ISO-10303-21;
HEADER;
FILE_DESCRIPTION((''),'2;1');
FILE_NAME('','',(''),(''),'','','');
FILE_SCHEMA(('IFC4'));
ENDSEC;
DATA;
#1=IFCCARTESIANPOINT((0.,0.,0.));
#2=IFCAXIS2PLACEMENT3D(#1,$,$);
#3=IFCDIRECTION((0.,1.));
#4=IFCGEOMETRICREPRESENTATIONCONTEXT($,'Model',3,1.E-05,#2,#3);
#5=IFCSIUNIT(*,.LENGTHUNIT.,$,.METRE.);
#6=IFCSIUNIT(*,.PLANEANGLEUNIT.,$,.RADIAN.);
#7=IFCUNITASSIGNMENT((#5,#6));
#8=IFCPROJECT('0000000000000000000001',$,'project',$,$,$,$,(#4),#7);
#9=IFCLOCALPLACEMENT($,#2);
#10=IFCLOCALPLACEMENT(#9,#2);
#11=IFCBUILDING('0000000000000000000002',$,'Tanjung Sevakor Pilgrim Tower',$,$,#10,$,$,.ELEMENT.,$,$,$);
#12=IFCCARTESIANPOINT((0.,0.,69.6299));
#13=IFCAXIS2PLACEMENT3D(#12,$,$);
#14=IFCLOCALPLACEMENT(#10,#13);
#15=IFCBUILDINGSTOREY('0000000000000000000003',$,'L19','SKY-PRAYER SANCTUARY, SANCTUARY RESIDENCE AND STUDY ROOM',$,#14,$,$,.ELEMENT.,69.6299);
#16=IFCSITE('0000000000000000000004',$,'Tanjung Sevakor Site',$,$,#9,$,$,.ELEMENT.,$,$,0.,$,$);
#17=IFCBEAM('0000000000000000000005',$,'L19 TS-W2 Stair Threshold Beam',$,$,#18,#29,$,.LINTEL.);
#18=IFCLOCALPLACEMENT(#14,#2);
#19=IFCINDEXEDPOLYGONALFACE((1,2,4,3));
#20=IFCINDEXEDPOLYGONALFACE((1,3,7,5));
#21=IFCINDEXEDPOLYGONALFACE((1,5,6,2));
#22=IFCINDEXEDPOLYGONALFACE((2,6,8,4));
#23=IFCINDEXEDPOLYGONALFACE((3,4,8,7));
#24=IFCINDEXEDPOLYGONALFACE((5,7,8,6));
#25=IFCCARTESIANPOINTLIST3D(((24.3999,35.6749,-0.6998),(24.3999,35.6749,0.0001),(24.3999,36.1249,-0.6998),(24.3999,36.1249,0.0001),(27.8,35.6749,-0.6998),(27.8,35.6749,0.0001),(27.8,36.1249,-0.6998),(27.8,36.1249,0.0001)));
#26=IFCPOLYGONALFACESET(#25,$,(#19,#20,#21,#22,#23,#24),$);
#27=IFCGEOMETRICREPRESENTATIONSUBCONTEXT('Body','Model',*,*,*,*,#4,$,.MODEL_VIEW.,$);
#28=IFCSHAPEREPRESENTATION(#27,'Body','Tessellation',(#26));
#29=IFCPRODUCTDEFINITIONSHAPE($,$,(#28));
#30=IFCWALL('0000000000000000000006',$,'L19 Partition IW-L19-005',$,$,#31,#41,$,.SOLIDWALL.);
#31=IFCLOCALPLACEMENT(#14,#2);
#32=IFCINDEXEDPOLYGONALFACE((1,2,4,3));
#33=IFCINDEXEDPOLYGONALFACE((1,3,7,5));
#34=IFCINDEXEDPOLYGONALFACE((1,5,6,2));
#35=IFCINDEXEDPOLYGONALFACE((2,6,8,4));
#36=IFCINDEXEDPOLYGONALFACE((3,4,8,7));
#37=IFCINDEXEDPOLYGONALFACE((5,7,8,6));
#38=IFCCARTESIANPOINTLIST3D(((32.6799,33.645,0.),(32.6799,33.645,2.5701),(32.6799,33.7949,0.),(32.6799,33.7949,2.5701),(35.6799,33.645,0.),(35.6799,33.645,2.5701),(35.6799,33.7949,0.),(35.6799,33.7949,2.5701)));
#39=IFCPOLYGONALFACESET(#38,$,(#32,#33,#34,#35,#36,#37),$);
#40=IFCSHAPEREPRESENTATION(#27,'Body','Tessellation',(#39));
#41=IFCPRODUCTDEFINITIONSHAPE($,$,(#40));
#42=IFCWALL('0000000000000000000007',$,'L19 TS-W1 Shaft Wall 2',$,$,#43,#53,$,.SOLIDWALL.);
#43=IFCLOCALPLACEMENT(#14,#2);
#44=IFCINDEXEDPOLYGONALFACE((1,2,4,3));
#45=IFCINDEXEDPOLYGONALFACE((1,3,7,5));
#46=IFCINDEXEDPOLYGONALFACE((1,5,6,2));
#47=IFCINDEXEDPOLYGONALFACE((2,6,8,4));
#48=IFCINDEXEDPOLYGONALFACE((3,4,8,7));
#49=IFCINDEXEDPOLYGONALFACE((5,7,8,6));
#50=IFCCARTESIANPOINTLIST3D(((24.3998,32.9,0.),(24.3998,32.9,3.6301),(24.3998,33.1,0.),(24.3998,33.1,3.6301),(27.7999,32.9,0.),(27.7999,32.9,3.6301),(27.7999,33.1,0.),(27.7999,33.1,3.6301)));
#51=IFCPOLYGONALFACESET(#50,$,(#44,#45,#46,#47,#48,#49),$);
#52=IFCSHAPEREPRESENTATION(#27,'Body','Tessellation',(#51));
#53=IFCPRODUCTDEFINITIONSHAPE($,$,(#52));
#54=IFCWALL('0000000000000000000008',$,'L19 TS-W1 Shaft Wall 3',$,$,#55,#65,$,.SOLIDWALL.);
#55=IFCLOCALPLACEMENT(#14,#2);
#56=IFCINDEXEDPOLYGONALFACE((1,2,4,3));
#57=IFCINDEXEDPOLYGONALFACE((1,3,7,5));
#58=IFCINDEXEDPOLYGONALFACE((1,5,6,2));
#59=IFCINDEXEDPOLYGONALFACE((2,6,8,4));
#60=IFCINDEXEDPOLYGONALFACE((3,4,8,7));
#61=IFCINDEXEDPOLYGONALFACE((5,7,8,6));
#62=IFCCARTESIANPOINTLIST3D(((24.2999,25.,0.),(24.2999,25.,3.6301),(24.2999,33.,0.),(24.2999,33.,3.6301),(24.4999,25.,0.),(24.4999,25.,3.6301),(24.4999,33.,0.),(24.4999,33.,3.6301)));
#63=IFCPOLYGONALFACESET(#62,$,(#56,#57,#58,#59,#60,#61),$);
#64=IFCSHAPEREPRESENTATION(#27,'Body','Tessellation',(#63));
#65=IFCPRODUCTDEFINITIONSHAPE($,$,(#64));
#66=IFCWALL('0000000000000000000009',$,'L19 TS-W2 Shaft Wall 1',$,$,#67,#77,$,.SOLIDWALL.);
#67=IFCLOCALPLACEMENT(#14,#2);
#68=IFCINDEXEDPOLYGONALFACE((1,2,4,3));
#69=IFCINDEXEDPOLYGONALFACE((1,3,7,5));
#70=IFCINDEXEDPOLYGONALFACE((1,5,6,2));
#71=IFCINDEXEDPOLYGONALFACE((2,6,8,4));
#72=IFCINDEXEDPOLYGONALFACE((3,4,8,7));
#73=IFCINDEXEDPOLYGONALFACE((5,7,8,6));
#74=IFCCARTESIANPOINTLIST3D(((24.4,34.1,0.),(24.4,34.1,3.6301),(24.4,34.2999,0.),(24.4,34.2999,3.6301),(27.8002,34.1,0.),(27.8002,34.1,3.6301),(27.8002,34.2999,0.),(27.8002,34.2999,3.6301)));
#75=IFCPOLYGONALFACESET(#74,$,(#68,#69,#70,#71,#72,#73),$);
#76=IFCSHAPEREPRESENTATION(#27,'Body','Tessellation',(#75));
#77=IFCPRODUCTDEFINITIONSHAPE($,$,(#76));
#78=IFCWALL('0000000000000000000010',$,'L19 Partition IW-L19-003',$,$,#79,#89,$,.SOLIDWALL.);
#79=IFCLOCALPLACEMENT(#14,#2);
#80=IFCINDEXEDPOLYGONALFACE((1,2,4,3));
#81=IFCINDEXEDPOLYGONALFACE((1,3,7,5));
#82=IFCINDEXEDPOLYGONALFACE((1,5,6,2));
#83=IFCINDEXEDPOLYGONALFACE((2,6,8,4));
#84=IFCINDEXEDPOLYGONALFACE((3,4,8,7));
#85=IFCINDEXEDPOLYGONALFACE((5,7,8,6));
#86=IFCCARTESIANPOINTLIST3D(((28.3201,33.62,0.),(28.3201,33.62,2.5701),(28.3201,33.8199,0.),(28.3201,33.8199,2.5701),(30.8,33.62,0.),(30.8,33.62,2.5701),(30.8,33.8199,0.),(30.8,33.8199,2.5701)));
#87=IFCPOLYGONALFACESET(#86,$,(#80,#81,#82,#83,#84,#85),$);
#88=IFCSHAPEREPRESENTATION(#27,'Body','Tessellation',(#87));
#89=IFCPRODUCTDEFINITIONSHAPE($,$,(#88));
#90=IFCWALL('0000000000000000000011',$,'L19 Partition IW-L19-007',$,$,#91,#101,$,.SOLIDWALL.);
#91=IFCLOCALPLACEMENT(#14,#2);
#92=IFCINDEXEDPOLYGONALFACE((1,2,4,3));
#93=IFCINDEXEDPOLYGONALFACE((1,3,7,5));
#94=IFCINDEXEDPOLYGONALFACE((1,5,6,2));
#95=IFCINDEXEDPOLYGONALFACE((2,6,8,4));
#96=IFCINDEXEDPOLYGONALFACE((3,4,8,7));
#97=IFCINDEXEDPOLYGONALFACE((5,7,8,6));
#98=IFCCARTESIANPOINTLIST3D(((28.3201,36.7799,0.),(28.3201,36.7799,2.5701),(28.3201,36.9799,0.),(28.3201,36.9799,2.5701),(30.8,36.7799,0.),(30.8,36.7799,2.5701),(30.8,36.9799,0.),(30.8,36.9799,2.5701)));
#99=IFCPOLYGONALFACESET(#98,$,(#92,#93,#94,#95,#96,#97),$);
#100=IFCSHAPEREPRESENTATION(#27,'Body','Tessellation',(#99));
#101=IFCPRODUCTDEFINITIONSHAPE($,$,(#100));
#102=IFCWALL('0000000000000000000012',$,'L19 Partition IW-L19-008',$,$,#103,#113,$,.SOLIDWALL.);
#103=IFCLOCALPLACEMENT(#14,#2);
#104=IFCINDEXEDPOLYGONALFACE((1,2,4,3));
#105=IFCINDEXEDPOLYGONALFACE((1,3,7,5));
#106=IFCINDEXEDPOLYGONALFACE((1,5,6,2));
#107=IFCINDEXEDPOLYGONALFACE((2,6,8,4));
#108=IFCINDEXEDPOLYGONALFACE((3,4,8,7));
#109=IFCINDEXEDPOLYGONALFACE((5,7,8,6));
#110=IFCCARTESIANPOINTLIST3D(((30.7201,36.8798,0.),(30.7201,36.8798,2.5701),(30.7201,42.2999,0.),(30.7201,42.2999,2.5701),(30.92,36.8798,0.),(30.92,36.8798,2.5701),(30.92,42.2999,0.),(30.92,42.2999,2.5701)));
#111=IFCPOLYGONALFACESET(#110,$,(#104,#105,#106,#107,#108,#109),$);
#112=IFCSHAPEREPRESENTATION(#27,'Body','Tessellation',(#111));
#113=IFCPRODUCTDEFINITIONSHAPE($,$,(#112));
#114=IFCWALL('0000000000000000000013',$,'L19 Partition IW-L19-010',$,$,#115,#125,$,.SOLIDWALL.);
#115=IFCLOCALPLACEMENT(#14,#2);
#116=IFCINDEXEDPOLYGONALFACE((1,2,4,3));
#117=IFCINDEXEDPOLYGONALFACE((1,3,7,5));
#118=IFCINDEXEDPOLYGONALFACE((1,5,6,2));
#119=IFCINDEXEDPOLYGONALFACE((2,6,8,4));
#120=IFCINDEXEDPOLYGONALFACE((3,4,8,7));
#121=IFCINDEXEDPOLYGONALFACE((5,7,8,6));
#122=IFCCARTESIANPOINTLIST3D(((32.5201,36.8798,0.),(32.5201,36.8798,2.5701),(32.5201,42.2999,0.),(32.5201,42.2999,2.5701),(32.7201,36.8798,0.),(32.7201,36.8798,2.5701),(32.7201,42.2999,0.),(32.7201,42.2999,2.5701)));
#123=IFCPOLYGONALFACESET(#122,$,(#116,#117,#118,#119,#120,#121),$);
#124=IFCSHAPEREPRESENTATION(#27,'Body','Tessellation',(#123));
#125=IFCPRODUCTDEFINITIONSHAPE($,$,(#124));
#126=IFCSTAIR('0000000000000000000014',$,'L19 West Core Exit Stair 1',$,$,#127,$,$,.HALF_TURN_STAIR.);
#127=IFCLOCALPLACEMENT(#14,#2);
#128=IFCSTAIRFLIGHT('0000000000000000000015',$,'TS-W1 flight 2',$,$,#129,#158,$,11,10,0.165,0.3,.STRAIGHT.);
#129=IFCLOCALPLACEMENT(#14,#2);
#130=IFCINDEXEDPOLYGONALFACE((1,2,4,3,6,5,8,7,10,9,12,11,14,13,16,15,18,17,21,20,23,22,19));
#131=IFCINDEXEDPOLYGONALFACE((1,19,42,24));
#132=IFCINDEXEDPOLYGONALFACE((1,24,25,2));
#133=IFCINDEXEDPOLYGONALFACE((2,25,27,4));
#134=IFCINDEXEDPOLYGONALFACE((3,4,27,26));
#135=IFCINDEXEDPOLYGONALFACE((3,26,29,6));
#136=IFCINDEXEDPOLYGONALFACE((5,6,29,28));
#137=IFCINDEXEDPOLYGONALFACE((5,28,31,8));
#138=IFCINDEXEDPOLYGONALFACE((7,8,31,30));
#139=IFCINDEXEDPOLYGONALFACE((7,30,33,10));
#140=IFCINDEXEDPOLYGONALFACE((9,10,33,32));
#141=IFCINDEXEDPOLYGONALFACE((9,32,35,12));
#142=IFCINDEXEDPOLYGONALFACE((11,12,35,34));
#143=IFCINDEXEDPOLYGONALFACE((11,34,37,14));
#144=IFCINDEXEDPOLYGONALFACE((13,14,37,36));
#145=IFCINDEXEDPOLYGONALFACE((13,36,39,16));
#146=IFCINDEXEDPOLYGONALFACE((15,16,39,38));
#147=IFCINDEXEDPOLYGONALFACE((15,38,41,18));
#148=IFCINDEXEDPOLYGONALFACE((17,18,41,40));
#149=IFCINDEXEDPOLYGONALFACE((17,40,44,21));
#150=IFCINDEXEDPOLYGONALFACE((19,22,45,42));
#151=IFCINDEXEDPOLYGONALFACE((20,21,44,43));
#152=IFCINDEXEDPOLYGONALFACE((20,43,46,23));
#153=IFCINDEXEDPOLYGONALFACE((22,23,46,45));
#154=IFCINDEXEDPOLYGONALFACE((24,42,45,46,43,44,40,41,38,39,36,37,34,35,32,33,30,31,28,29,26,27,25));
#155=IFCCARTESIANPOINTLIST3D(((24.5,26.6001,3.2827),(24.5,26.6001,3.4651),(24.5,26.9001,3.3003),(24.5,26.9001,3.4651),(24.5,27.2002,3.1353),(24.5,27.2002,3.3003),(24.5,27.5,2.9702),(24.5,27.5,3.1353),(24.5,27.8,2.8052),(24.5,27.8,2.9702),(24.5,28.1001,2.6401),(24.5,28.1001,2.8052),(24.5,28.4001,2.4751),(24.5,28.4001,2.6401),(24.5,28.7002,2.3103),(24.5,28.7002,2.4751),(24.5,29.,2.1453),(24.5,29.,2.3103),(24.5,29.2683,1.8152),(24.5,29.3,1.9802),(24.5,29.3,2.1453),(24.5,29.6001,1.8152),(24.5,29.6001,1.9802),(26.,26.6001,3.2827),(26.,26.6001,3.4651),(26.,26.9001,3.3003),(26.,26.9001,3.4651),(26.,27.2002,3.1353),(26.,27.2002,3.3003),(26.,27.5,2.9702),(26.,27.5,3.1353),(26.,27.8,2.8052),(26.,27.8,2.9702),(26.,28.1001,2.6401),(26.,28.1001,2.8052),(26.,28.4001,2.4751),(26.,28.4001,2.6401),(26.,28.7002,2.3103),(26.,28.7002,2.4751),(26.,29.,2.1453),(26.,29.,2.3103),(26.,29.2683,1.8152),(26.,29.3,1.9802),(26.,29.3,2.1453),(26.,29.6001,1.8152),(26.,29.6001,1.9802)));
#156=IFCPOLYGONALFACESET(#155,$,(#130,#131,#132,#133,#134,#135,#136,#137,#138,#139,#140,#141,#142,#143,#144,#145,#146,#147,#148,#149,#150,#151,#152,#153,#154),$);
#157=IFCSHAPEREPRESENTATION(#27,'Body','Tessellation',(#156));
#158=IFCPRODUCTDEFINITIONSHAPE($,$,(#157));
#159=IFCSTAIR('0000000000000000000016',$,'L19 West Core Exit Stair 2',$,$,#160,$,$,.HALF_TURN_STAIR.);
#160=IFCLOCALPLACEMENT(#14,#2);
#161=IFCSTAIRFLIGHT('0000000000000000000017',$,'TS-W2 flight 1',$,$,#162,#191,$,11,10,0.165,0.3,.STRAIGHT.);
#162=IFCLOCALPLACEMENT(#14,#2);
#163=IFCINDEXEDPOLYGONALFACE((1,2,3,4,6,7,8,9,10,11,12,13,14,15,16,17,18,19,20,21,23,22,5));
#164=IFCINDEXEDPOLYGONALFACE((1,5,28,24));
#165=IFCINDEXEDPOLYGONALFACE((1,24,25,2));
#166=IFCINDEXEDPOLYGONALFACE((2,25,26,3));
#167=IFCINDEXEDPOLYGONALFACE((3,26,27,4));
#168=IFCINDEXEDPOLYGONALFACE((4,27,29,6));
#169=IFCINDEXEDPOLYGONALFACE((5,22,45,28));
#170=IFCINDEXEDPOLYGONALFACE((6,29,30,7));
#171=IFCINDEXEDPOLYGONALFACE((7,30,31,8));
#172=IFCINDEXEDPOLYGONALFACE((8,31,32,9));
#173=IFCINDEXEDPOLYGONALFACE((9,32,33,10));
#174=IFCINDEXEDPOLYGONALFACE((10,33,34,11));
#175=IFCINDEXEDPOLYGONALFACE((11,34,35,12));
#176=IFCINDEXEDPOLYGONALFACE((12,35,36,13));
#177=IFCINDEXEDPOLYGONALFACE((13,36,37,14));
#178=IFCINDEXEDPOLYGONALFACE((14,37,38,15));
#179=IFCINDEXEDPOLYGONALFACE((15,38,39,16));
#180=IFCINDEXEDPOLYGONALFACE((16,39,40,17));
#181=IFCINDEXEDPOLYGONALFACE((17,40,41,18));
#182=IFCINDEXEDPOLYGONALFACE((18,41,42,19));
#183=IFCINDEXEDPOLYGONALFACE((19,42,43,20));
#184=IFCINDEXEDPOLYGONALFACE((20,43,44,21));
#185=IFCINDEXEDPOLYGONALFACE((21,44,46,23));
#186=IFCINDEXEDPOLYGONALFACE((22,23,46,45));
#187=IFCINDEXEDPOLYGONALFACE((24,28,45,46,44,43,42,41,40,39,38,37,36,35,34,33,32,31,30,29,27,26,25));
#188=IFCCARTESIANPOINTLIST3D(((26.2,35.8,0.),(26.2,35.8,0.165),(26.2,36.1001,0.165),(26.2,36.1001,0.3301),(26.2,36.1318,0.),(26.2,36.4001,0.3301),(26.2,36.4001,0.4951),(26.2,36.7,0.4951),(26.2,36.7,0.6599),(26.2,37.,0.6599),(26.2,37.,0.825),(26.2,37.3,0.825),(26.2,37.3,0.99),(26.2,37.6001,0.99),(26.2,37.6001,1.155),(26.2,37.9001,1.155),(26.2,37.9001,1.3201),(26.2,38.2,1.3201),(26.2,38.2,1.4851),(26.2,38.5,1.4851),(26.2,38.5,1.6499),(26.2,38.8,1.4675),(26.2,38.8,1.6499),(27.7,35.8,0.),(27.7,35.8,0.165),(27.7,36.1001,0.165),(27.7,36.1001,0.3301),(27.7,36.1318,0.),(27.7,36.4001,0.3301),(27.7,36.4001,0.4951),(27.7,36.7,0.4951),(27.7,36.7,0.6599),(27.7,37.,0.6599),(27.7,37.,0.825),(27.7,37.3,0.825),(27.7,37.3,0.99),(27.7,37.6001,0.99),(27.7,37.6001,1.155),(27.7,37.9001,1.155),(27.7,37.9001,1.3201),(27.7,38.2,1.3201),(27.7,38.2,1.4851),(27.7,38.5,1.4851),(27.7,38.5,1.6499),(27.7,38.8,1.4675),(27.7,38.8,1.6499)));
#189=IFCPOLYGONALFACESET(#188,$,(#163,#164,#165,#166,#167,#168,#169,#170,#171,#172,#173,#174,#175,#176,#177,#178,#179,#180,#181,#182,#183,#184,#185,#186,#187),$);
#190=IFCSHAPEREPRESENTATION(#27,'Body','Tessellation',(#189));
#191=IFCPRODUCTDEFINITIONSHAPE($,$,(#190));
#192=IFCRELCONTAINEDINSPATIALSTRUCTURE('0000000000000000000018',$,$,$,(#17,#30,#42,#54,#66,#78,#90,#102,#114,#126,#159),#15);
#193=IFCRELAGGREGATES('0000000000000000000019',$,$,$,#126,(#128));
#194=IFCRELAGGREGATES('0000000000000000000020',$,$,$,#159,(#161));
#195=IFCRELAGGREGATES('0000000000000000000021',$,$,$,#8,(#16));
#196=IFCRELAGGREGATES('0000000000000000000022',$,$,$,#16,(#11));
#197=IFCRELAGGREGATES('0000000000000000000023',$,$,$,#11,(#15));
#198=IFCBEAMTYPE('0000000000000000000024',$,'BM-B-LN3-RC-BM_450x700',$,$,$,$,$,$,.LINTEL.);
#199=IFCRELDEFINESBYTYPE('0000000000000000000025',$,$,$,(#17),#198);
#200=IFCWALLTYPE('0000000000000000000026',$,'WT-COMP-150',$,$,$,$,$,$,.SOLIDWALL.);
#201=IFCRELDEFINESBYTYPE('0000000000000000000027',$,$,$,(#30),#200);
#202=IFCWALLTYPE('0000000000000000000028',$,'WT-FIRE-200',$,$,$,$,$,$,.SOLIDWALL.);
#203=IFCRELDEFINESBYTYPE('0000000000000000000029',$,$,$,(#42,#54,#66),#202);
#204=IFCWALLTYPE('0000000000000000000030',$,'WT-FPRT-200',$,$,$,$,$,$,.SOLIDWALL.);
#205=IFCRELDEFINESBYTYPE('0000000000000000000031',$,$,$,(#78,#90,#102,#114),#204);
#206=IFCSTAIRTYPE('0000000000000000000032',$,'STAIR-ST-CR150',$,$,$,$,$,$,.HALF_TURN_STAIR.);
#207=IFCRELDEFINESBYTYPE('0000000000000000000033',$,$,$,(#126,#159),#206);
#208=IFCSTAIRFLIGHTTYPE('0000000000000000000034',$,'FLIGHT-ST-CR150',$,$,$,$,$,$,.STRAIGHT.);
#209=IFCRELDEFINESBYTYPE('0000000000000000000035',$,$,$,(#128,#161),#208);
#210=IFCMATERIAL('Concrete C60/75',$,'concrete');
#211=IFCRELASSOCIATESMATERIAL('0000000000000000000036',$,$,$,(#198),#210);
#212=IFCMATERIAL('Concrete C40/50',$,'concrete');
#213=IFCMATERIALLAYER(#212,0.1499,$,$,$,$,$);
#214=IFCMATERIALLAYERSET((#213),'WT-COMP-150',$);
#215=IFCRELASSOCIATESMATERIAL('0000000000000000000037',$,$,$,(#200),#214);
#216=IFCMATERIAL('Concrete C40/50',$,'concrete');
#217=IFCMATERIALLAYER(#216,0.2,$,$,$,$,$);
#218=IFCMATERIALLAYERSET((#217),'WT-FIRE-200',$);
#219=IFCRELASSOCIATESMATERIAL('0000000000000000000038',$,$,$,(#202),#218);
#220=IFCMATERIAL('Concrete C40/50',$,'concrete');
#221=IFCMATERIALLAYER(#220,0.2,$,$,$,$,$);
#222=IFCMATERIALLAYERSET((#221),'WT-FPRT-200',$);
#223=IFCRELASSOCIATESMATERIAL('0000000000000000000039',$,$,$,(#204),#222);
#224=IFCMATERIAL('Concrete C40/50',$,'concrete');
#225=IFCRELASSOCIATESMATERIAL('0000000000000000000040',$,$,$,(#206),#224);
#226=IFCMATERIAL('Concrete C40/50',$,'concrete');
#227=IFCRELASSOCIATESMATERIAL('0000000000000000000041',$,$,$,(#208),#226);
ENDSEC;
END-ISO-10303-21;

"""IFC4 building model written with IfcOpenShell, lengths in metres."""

from ifc_helpers import new_model, si_unit, direction, frame, frame_2d, origin, origin_2d, place, context, subcontext, project, spatial, polyline, rectangle, outline, extrude, material, layer, layer_set, material_profile, profile_set, type_object, element, aggregate, save


model = new_model("IFC4")

# Units and contexts
model_context = context("Model", 3, precision=1e-05, world=origin(), true_north=direction((0.0, 1.0)))
body_context = subcontext(model_context, "Body", "Model", "MODEL_VIEW")
ifc_project = project(units=[si_unit("LENGTHUNIT", "METRE"), si_unit("PLANEANGLEUNIT", "RADIAN")], contexts=[model_context])

# Site, building, storey
site_placement = place(None, origin())
site = spatial("IfcSite", under=ifc_project, at=site_placement, Name="Tanjung Sevakor Site", CompositionType="ELEMENT", RefElevation=0.0)
building_placement = place(site_placement, origin())
building = spatial("IfcBuilding", under=site, at=building_placement, Name="Tanjung Sevakor Pilgrim Tower", CompositionType="ELEMENT")
storey_placement = place(building_placement, frame((0.0, 0.0, 69.6299)))
storey = spatial("IfcBuildingStorey", under=building, at=storey_placement, Name="L19", Description="SKY-PRAYER SANCTUARY, SANCTUARY RESIDENCE AND STUDY ROOM", CompositionType="ELEMENT", Elevation=69.6299)

# Beam
ifc_material_1 = material(Name="Concrete C60/75", Category="concrete")
ifc_material_profile = material_profile(ifc_material_1, rectangle(XDim=0.45, YDim=0.7, at=origin_2d()))
ifc_profile_set = profile_set([ifc_material_profile], Name="Concrete C60/75")
beam_type = type_object("IfcBeamType", Name="BM-B-LN3-RC-BM_450x700", PredefinedType="LINTEL", material=ifc_profile_set)
beam_placement = place(storey_placement, frame((24.3999, 35.8999, -0.3499), z_axis=(1.0, 0.0, 0.0), x_axis=(0.0, 1.0, 0.0)))
element("IfcBeam", 1, at=beam_placement, inside=storey, type_object=beam_type, Name="L19 TS-W2 Stair Threshold Beam", PredefinedType="LINTEL", context=body_context, shape_type="SweptSolid", body=[
    extrude(rectangle(XDim=0.45, YDim=0.7, at=origin_2d()), origin(), (0.0, 0.0, 1.0), 3.4001),
])

# Wall
ifc_material_2 = material(Name="Concrete C40/50", Category="concrete")
ifc_layer_1 = layer(ifc_material_2, 0.1499)
ifc_layer_set_1 = layer_set([ifc_layer_1], Name="WT-COMP-150")
wall_type_1 = type_object("IfcWallType", Name="WT-COMP-150", PredefinedType="SOLIDWALL", material=ifc_layer_set_1)
wall_1_placement = place(storey_placement, frame((32.6799, 33.72, 0.0), z_axis=(0.0, 0.0, 1.0), x_axis=(1.0, 0.0, 0.0)))
element("IfcWall", 2, at=wall_1_placement, inside=storey, type_object=wall_type_1, Name="L19 Partition IW-L19-005", PredefinedType="SOLIDWALL", context=body_context, shape_type="SweptSolid", body=[
    extrude(rectangle(XDim=3.0, YDim=0.1499, at=frame_2d((1.5, 0.0))), origin(), (0.0, 0.0, 1.0), 2.5701),
])

# Walls
ifc_material_3 = material(Name="Concrete C40/50", Category="concrete")
ifc_layer_2 = layer(ifc_material_3, 0.2)
ifc_layer_set_2 = layer_set([ifc_layer_2], Name="WT-FIRE-200")
wall_type_2 = type_object("IfcWallType", Name="WT-FIRE-200", PredefinedType="SOLIDWALL", material=ifc_layer_set_2)
wall_2_placement = place(storey_placement, frame((27.8, 33.0, 0.0), z_axis=(0.0, 0.0, 1.0), x_axis=(-1.0, 0.0, 0.0)))
element("IfcWall", 3, at=wall_2_placement, inside=storey, type_object=wall_type_2, Name="L19 TS-W1 Shaft Wall 2", PredefinedType="SOLIDWALL", context=body_context, shape_type="SweptSolid", body=[
    extrude(rectangle(XDim=3.4001, YDim=0.2, at=frame_2d((1.7002, 0.0))), origin(), (0.0, 0.0, 1.0), 3.6301),
])
wall_3_placement = place(storey_placement, frame((24.3999, 33.0, 0.0), z_axis=(0.0, 0.0, 1.0), x_axis=(0.0, -1.0, 0.0)))
element("IfcWall", 4, at=wall_3_placement, inside=storey, type_object=wall_type_2, Name="L19 TS-W1 Shaft Wall 3", PredefinedType="SOLIDWALL", context=body_context, shape_type="SweptSolid", body=[
    extrude(rectangle(XDim=8.0, YDim=0.2, at=frame_2d((4.0, 0.0))), origin(), (0.0, 0.0, 1.0), 3.6301),
])
wall_4_placement = place(storey_placement, frame((24.3999, 34.2, 0.0), z_axis=(0.0, 0.0, 1.0), x_axis=(1.0, 0.0, 0.0)))
element("IfcWall", 5, at=wall_4_placement, inside=storey, type_object=wall_type_2, Name="L19 TS-W2 Shaft Wall 1", PredefinedType="SOLIDWALL", context=body_context, shape_type="SweptSolid", body=[
    extrude(rectangle(XDim=3.4001, YDim=0.2, at=frame_2d((1.7002, 0.0))), origin(), (0.0, 0.0, 1.0), 3.6301),
])
ifc_material_4 = material(Name="Concrete C40/50", Category="concrete")
ifc_layer_3 = layer(ifc_material_4, 0.2)
ifc_layer_set_3 = layer_set([ifc_layer_3], Name="WT-FPRT-200")
wall_type_3 = type_object("IfcWallType", Name="WT-FPRT-200", PredefinedType="SOLIDWALL", material=ifc_layer_set_3)
for number, where, z_axis, x_axis, name in (
    (6, (28.3201, 33.72, 0.0), (0.0, 0.0, 1.0), (1.0, 0.0, 0.0), "L19 Partition IW-L19-003"),
    (7, (28.3201, 36.8799, 0.0), (0.0, 0.0, 1.0), (1.0, 0.0, 0.0), "L19 Partition IW-L19-007"),
):
    element("IfcWall", number, at=place(storey_placement, frame(where, z_axis=z_axis, x_axis=x_axis)), inside=storey, type_object=wall_type_3, Name=name, PredefinedType="SOLIDWALL", context=body_context, shape_type="SweptSolid", body=[
        extrude(rectangle(XDim=2.48, YDim=0.2, at=frame_2d((1.24, 0.0))), origin(), (0.0, 0.0, 1.0), 2.5701),
    ])
for number, where, z_axis, x_axis, name in (
    (8, (30.8201, 36.8799, 0.0), (0.0, 0.0, 1.0), (0.0, 1.0, 0.0), "L19 Partition IW-L19-008"),
    (9, (32.6201, 36.8799, 0.0), (0.0, 0.0, 1.0), (0.0, 1.0, 0.0), "L19 Partition IW-L19-010"),
):
    element("IfcWall", number, at=place(storey_placement, frame(where, z_axis=z_axis, x_axis=x_axis)), inside=storey, type_object=wall_type_3, Name=name, PredefinedType="SOLIDWALL", context=body_context, shape_type="SweptSolid", body=[
        extrude(rectangle(XDim=5.4202, YDim=0.2, at=frame_2d((2.71, 0.0))), origin(), (0.0, 0.0, 1.0), 2.5701),
    ])

# Stair, stair flight
ifc_material_5 = material(Name="Concrete C40/50", Category="concrete")
stair_type = type_object("IfcStairType", Name="STAIR-ST-CR150", PredefinedType="HALF_TURN_STAIR", material=ifc_material_5)
stair_1_placement = place(storey_placement, origin())
stair_1 = element("IfcStair", 10, at=stair_1_placement, inside=storey, type_object=stair_type, Name="L19 West Core Exit Stair 1", PredefinedType="HALF_TURN_STAIR")
ifc_material_6 = material(Name="Concrete C40/50", Category="concrete")
stair_flight_type = type_object("IfcStairFlightType", Name="FLIGHT-ST-CR150", PredefinedType="STRAIGHT", material=ifc_material_6)
stair_flight_1_placement = place(storey_placement, frame((25.25, 29.6001, 1.8152), z_axis=(0.0, 0.0, 1.0), x_axis=(0.0, -1.0, 0.0)))
stair_flight_1 = element("IfcStairFlight", 11, at=stair_flight_1_placement, type_object=stair_flight_type, Name="TS-W1 flight 2", NumberOfRisers=11, NumberOfTreads=10, PredefinedType="STRAIGHT", RiserHeight=0.165, TreadLength=0.3, context=body_context, shape_type="SweptSolid", body=[
    extrude(outline(polyline([(0.0, 0.0), (0.0, 0.165), (0.3, 0.165), (0.3, 0.3301), (0.6001, 0.3301), (0.6001, 0.4951), (0.8999, 0.4951), (0.8999, 0.6599), (1.2, 0.6599), (1.2, 0.825), (1.5, 0.825), (1.5, 0.99), (1.8, 0.99), (1.8, 1.155), (2.1001, 1.155), (2.1001, 1.3201), (2.3999, 1.3201), (2.3999, 1.4851), (2.7, 1.4851), (2.7, 1.6499), (3.0, 1.6499), (3.0, 1.8149), (3.0, 1.4675), (0.3318, 0.0), (0.0, 0.0)])), frame((0.0, 0.75, 0.0), z_axis=(0.0, -1.0, 0.0), x_axis=(1.0, 0.0, 0.0)), (0.0, 0.0, 1.0), 1.5),
])
aggregate(stair_1, [stair_flight_1])

# Stair, stair flight
stair_2_placement = place(storey_placement, origin())
stair_2 = element("IfcStair", 12, at=stair_2_placement, inside=storey, type_object=stair_type, Name="L19 West Core Exit Stair 2", PredefinedType="HALF_TURN_STAIR")
stair_flight_2_placement = place(storey_placement, frame((26.95, 35.8, 0.0), z_axis=(0.0, 0.0, 1.0), x_axis=(0.0, 1.0, 0.0)))
stair_flight_2 = element("IfcStairFlight", 13, at=stair_flight_2_placement, type_object=stair_flight_type, Name="TS-W2 flight 1", NumberOfRisers=11, NumberOfTreads=10, PredefinedType="STRAIGHT", RiserHeight=0.165, TreadLength=0.3, context=body_context, shape_type="SweptSolid", body=[
    extrude(outline(polyline([(0.0, 0.0), (0.0, 0.165), (0.3, 0.165), (0.3, 0.3301), (0.6001, 0.3301), (0.6001, 0.4951), (0.8999, 0.4951), (0.8999, 0.6599), (1.2, 0.6599), (1.2, 0.825), (1.5, 0.825), (1.5, 0.99), (1.8, 0.99), (1.8, 1.155), (2.1001, 1.155), (2.1001, 1.3201), (2.3999, 1.3201), (2.3999, 1.4851), (2.7, 1.4851), (2.7, 1.6499), (3.0, 1.6499), (3.0, 1.8149), (3.0, 1.4675), (0.3318, 0.0), (0.0, 0.0)])), frame((0.0, 0.75, 0.0), z_axis=(0.0, -1.0, 0.0), x_axis=(1.0, 0.0, 0.0)), (0.0, 0.0, 1.0), 1.5),
])
aggregate(stair_2, [stair_flight_2])

save(model, "model.ifc")
